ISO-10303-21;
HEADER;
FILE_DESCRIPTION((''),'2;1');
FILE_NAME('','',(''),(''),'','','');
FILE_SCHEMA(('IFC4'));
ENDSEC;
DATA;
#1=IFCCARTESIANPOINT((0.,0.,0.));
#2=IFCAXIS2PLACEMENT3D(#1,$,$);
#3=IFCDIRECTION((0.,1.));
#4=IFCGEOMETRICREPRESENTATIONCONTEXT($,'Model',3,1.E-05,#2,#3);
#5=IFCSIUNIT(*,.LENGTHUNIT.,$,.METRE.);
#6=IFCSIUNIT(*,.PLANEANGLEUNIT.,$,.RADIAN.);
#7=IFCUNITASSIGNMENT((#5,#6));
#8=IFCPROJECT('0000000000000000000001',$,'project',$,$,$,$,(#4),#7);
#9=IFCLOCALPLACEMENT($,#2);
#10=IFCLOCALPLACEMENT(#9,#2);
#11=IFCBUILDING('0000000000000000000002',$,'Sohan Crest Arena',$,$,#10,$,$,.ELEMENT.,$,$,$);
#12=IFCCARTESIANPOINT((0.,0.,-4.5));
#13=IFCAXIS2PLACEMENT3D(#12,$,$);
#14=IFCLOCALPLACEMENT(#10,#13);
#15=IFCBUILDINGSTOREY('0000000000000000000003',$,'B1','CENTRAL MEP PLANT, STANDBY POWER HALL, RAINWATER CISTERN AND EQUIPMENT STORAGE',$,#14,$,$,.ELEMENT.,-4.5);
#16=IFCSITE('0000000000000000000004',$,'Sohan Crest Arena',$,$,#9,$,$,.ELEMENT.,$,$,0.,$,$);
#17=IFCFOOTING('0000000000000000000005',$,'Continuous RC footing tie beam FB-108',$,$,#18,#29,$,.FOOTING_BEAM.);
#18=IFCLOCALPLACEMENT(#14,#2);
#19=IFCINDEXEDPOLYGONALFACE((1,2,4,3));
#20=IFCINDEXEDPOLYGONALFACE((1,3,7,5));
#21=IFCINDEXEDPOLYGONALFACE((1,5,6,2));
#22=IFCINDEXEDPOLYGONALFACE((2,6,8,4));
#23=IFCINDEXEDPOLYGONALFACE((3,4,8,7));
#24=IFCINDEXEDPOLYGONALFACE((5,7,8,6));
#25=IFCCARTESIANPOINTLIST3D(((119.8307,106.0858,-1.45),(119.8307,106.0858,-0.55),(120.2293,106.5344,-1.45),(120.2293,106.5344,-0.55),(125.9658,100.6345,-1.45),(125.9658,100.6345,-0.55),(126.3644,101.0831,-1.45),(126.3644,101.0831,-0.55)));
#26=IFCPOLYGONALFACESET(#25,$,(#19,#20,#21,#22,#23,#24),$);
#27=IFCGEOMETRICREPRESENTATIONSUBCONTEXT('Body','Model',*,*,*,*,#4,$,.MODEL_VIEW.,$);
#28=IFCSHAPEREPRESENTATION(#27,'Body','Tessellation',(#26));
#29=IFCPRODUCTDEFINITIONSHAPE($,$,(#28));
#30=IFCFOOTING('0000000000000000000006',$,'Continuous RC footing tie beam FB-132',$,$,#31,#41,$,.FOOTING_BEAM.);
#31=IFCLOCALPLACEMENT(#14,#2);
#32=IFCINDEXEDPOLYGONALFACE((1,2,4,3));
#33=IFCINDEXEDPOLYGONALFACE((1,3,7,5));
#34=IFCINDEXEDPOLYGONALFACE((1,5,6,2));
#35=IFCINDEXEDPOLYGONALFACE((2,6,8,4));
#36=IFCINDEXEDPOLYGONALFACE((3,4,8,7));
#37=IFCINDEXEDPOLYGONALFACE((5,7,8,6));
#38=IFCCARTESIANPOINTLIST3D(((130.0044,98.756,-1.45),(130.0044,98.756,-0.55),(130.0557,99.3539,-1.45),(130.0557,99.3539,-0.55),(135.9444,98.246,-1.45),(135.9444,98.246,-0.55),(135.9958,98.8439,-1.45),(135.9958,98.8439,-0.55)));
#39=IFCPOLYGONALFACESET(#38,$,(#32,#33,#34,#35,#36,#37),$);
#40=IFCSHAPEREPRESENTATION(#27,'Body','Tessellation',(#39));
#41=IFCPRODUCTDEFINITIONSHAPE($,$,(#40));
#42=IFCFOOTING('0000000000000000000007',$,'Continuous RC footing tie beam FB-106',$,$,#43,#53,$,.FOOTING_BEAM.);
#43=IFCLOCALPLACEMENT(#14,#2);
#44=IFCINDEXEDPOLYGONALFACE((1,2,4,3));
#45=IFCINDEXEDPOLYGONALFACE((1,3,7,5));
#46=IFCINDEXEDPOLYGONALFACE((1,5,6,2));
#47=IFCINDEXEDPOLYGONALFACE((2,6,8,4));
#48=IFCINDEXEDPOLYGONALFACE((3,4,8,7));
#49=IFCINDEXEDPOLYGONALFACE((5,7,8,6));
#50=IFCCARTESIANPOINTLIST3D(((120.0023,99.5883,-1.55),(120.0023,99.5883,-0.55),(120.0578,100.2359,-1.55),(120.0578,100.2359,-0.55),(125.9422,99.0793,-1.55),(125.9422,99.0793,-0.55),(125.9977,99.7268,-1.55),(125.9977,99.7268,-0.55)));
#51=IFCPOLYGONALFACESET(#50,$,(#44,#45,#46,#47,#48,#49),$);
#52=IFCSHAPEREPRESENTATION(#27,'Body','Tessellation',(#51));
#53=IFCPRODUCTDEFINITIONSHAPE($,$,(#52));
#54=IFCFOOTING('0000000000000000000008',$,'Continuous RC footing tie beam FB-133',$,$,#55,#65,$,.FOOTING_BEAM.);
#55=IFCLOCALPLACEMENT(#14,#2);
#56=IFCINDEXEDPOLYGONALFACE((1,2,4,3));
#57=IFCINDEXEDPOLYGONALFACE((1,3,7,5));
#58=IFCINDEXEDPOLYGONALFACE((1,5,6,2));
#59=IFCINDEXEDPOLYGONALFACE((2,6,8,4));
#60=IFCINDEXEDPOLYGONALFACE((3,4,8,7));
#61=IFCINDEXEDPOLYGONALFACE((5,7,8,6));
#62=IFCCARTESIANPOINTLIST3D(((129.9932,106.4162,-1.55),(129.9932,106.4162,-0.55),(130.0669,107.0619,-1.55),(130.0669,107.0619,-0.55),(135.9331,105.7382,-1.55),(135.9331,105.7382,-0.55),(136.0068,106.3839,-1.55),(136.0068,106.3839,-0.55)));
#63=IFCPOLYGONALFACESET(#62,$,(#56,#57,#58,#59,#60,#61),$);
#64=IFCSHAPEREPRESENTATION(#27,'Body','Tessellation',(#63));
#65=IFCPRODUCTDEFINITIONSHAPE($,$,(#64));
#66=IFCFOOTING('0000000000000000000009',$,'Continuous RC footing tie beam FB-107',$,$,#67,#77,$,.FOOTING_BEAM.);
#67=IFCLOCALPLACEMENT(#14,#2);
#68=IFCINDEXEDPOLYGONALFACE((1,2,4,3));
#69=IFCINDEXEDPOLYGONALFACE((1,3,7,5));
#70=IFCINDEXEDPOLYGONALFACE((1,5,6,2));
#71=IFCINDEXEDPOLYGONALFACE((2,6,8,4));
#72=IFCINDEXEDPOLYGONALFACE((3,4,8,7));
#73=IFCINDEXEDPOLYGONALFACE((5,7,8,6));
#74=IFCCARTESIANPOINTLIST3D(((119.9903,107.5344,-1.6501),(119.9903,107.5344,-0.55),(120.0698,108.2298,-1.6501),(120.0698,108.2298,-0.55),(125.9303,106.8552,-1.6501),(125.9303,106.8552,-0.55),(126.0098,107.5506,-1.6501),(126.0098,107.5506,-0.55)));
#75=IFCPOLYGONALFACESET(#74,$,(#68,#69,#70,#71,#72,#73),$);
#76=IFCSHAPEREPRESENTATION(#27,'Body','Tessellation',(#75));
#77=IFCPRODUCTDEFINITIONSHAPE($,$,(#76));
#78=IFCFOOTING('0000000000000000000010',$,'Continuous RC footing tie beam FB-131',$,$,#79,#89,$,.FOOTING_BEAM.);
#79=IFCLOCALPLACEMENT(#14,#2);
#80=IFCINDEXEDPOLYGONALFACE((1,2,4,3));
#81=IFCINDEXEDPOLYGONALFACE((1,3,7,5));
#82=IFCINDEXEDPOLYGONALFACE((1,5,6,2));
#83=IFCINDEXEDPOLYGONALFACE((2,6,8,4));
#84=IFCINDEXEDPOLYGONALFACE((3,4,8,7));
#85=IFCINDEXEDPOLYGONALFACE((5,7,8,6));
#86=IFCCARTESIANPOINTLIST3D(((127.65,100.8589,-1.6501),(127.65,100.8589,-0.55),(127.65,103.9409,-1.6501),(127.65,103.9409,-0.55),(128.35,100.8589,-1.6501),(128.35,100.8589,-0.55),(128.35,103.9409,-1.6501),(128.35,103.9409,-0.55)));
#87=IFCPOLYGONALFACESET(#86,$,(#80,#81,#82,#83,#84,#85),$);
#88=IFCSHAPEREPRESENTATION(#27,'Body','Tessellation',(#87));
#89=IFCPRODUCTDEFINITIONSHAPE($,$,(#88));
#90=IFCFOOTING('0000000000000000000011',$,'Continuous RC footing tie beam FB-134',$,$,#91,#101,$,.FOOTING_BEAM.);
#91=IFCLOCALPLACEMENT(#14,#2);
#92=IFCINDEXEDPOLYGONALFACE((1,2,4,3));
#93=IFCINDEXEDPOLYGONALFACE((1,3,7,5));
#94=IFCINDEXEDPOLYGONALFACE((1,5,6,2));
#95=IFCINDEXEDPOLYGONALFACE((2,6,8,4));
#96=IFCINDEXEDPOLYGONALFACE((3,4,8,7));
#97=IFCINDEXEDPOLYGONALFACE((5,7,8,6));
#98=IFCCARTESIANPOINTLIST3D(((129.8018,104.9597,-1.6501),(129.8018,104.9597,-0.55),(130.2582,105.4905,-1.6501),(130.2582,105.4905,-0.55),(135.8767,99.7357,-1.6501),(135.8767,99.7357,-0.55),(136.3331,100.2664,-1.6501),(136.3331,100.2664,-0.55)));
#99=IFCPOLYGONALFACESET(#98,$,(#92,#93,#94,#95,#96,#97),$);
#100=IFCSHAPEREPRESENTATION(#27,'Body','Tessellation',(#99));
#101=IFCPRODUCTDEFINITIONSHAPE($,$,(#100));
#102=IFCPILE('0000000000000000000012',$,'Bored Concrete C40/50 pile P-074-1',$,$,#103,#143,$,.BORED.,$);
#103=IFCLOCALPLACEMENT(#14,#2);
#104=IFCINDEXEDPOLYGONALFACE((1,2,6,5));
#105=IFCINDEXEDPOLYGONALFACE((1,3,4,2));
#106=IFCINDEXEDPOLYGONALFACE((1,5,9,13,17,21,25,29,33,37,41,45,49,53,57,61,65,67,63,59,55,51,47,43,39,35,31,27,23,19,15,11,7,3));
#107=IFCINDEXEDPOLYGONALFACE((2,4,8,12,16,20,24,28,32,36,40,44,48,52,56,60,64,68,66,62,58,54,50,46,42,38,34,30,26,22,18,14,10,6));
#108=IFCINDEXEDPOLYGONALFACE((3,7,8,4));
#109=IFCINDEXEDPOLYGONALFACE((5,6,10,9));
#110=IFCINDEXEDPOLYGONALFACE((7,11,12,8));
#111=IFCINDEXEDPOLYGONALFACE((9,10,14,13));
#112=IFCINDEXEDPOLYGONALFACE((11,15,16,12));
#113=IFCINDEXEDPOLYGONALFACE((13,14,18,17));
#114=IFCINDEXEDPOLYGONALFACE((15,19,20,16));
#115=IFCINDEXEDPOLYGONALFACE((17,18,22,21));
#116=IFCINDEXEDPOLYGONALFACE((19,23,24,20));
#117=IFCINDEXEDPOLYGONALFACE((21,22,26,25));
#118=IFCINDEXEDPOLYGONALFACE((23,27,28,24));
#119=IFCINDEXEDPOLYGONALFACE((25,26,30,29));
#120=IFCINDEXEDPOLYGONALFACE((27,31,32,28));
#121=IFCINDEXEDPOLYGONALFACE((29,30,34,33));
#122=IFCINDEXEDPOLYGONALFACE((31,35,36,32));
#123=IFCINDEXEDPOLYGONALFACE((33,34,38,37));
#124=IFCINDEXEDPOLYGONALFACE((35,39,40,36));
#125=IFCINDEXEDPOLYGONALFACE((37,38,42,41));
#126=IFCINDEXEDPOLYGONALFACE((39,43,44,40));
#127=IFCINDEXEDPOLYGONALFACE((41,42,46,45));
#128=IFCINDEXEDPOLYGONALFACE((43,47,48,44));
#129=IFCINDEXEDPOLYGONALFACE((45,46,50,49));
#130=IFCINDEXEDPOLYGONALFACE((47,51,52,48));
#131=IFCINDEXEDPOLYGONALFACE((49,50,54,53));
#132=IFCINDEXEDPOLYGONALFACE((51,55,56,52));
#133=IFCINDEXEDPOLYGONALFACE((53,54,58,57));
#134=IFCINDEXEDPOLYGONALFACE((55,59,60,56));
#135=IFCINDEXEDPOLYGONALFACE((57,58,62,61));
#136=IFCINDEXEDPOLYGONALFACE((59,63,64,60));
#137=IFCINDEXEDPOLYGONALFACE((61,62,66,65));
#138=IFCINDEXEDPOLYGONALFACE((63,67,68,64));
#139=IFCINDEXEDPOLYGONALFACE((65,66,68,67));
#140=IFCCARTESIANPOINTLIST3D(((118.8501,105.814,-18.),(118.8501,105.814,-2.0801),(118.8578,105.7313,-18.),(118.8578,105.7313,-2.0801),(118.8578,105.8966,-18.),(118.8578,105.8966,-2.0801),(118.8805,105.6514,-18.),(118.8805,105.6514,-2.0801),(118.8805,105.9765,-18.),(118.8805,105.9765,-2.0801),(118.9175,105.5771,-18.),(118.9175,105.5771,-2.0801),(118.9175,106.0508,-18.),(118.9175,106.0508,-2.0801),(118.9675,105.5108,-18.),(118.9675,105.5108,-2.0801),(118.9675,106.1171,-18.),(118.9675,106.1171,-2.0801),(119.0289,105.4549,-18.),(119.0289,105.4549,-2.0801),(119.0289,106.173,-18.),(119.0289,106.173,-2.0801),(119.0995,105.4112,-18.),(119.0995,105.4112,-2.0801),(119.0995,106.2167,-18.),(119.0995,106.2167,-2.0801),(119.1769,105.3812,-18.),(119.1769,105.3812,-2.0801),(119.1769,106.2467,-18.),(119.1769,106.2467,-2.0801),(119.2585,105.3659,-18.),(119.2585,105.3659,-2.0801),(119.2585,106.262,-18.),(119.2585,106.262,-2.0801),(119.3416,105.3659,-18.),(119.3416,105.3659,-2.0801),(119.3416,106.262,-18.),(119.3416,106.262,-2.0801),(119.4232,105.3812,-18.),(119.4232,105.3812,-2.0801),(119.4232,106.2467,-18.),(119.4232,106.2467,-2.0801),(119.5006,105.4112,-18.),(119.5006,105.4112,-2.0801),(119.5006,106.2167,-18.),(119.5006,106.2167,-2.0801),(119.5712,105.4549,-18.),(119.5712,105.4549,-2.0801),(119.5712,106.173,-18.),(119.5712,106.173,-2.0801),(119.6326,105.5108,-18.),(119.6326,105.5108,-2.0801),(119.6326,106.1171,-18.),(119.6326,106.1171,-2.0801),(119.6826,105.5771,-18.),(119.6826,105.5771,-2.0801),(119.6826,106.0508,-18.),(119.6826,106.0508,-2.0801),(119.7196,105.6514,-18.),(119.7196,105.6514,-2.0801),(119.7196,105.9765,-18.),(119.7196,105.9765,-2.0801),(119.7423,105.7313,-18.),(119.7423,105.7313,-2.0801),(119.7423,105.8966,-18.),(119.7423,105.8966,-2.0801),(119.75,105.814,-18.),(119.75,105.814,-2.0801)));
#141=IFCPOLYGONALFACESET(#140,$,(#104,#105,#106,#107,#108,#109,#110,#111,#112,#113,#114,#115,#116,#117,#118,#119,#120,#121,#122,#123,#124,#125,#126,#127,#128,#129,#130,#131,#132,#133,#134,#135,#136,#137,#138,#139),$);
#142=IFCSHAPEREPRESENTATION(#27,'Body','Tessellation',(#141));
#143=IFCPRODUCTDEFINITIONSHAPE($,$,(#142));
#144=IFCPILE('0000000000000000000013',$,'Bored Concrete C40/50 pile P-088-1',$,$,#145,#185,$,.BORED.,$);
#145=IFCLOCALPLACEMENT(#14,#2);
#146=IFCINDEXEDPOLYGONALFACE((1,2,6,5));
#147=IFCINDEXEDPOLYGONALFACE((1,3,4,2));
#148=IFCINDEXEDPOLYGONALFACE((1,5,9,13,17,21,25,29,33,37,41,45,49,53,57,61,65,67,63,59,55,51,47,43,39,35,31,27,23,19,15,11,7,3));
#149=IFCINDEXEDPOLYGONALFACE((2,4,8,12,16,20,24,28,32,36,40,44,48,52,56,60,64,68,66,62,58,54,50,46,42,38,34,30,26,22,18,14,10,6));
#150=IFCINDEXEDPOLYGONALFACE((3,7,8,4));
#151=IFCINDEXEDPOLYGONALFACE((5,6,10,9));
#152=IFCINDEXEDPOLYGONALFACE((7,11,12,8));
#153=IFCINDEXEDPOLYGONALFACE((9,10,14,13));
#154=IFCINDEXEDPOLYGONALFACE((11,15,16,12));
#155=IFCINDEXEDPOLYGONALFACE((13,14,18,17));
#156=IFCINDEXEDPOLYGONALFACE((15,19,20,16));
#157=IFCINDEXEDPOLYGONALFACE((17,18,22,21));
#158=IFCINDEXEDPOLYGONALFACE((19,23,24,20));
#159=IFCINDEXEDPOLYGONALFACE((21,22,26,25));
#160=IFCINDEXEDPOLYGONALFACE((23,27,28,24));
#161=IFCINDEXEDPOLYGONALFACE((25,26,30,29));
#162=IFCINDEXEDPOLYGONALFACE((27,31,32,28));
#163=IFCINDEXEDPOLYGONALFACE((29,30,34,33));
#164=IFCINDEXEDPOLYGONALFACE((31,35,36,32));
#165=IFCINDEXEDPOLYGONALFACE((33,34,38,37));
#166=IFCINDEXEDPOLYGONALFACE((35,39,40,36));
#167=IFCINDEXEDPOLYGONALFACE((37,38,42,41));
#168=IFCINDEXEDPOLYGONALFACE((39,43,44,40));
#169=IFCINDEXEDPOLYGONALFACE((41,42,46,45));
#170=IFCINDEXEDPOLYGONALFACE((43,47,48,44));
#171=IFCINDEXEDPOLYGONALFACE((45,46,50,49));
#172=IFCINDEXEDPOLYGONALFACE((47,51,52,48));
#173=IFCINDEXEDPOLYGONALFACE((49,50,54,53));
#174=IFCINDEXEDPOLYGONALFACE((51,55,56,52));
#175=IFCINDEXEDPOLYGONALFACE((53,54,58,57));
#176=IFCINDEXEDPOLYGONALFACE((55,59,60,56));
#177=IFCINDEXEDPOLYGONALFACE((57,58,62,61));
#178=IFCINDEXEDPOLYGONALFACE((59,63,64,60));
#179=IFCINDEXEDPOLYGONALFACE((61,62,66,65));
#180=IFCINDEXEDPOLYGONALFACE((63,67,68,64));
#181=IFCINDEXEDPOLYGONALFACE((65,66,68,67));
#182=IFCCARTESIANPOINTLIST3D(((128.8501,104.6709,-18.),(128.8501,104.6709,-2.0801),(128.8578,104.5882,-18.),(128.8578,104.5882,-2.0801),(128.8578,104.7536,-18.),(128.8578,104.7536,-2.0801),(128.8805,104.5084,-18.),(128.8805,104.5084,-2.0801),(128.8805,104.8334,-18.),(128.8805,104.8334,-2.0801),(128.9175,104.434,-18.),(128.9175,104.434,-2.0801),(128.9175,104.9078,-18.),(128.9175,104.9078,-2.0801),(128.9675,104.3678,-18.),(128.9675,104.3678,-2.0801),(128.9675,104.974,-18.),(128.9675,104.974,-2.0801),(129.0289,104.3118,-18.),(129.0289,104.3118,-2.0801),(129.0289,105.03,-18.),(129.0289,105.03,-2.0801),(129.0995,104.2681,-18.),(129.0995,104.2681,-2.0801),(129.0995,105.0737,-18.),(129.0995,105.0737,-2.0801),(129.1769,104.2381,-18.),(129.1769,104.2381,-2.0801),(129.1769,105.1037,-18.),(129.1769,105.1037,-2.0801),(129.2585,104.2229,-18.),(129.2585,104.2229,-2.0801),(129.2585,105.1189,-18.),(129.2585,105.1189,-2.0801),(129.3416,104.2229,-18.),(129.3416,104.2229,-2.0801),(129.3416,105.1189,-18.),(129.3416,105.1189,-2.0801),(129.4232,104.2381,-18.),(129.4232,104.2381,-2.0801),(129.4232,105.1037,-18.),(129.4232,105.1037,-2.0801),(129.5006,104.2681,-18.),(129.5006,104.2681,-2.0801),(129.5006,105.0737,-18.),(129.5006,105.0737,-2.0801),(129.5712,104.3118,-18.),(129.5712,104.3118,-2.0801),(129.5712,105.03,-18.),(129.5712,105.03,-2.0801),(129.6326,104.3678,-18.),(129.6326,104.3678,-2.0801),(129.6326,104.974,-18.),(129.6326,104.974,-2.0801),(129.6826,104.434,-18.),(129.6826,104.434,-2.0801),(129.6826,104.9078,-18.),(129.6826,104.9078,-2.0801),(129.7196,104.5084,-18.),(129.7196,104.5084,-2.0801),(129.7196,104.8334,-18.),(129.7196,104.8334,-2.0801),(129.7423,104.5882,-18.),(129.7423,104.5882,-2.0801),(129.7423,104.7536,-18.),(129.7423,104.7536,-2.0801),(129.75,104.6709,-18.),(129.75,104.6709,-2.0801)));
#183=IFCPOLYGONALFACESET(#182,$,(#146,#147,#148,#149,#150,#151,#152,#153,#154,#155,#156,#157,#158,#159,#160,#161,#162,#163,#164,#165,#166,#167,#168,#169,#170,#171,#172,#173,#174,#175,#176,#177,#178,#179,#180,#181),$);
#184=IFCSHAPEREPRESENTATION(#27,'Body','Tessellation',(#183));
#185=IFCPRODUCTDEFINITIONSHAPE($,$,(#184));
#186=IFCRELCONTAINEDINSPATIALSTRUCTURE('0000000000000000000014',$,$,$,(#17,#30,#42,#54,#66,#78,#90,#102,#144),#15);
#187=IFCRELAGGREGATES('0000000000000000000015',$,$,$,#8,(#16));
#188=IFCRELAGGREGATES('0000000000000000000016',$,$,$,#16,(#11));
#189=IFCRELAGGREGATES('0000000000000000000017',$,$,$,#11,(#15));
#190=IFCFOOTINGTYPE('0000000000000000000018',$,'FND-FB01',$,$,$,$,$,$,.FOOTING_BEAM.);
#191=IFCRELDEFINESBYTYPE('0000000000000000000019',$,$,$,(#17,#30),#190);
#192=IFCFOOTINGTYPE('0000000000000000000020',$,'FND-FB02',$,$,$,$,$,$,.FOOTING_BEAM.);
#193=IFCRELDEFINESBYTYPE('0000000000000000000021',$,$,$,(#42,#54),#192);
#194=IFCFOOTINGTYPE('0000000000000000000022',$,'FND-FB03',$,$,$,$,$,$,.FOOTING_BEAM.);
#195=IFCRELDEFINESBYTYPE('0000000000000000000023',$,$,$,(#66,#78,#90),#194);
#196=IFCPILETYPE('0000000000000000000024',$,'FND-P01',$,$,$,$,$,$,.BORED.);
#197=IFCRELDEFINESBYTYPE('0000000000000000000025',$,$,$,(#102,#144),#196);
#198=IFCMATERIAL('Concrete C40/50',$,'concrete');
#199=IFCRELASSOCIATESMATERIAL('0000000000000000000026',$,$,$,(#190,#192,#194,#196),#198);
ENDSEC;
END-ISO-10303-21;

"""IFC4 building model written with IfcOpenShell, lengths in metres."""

from ifc_helpers import new_model, si_unit, direction, frame, origin, origin_2d, place, context, subcontext, project, spatial, rectangle, circle, extrude, material, material_profile, profile_set, type_object, element, save


model = new_model("IFC4")

# Units and contexts
model_context = context("Model", 3, precision=1e-05, world=origin(), true_north=direction((0.0, 1.0)))
body_context = subcontext(model_context, "Body", "Model", "MODEL_VIEW")
ifc_project = project(units=[si_unit("LENGTHUNIT", "METRE"), si_unit("PLANEANGLEUNIT", "RADIAN")], contexts=[model_context])

# Site, building, storey
site_placement = place(None, origin())
site = spatial("IfcSite", under=ifc_project, at=site_placement, Name="Sohan Crest Arena", CompositionType="ELEMENT", RefElevation=0.0)
building_placement = place(site_placement, origin())
building = spatial("IfcBuilding", under=site, at=building_placement, Name="Sohan Crest Arena", CompositionType="ELEMENT")
storey_placement = place(building_placement, frame((0.0, 0.0, -4.5)))
storey = spatial("IfcBuildingStorey", under=building, at=storey_placement, Name="B1", Description="CENTRAL MEP PLANT, STANDBY POWER HALL, RAINWATER CISTERN AND EQUIPMENT STORAGE", CompositionType="ELEMENT", Elevation=-4.5)

# Footings
ifc_material_1 = material(Name="Concrete C40/50", Category="concrete")
ifc_material_profile_1 = material_profile(ifc_material_1, rectangle(XDim=0.6001, YDim=0.8999, at=origin_2d()), Name="RC-FB 600x900")
ifc_profile_set_1 = profile_set([ifc_material_profile_1], Name="Concrete C40/50")
footing_type_1 = type_object("IfcFootingType", Name="FND-FB01", PredefinedType="FOOTING_BEAM", material=ifc_profile_set_1)
footing_1_placement = place(storey_placement, frame((120.03, 106.3101, -1.0), z_axis=(0.747541, -0.664216, 0.0), x_axis=(0.664216, 0.747541, 0.0)))
element("IfcFooting", 1, at=footing_1_placement, inside=storey, type_object=footing_type_1, Name="Continuous RC footing tie beam FB-108", PredefinedType="FOOTING_BEAM", context=body_context, shape_type="SweptSolid", body=[
    extrude(rectangle(XDim=0.6001, YDim=0.8999, at=origin_2d()), origin(), (0.0, 0.0, 1.0), 8.207),
])
footing_2_placement = place(storey_placement, frame((130.03, 99.0549, -1.0), z_axis=(0.996334, -0.085546, 0.0), x_axis=(0.085546, 0.996334, 0.0)))
element("IfcFooting", 2, at=footing_2_placement, inside=storey, type_object=footing_type_1, Name="Continuous RC footing tie beam FB-132", PredefinedType="FOOTING_BEAM", context=body_context, shape_type="SweptSolid", body=[
    extrude(rectangle(XDim=0.6001, YDim=0.8999, at=origin_2d()), origin(), (0.0, 0.0, 1.0), 5.9619),
])
ifc_material_profile_2 = material_profile(ifc_material_1, rectangle(XDim=0.6499, YDim=1.0, at=origin_2d()), Name="RC-FB 650x1000")
ifc_profile_set_2 = profile_set([ifc_material_profile_2], Name="Concrete C40/50")
footing_type_2 = type_object("IfcFootingType", Name="FND-FB02", PredefinedType="FOOTING_BEAM", material=ifc_profile_set_2)
footing_3_placement = place(storey_placement, frame((120.03, 99.9121, -1.05), z_axis=(0.996348, -0.085384, 0.0), x_axis=(0.085384, 0.996348, 0.0)))
element("IfcFooting", 3, at=footing_3_placement, inside=storey, type_object=footing_type_2, Name="Continuous RC footing tie beam FB-106", PredefinedType="FOOTING_BEAM", context=body_context, shape_type="SweptSolid", body=[
    extrude(rectangle(XDim=0.6499, YDim=1.0, at=origin_2d()), origin(), (0.0, 0.0, 1.0), 5.9617),
])
footing_4_placement = place(storey_placement, frame((130.03, 106.739, -1.05), z_axis=(0.993549, -0.113403, 0.0), x_axis=(0.113403, 0.993549, 0.0)))
element("IfcFooting", 4, at=footing_4_placement, inside=storey, type_object=footing_type_2, Name="Continuous RC footing tie beam FB-133", PredefinedType="FOOTING_BEAM", context=body_context, shape_type="SweptSolid", body=[
    extrude(rectangle(XDim=0.6499, YDim=1.0, at=origin_2d()), origin(), (0.0, 0.0, 1.0), 5.9785),
])
ifc_material_profile_3 = material_profile(ifc_material_1, rectangle(XDim=0.7, YDim=1.1001, at=origin_2d()), Name="RC-FB 700x1100")
ifc_profile_set_3 = profile_set([ifc_material_profile_3], Name="Concrete C40/50")
footing_type_3 = type_object("IfcFootingType", Name="FND-FB03", PredefinedType="FOOTING_BEAM", material=ifc_profile_set_3)
footing_5_placement = place(storey_placement, frame((120.03, 107.8821, -1.1001), z_axis=(0.993526, -0.113604, 0.0), x_axis=(0.113604, 0.993526, 0.0)))
element("IfcFooting", 5, at=footing_5_placement, inside=storey, type_object=footing_type_3, Name="Continuous RC footing tie beam FB-107", PredefinedType="FOOTING_BEAM", context=body_context, shape_type="SweptSolid", body=[
    extrude(rectangle(XDim=0.7, YDim=1.1001, at=origin_2d()), origin(), (0.0, 0.0, 1.0), 5.9788),
])
footing_6_placement = place(storey_placement, frame((128.0, 100.8589, -1.1001), z_axis=(0.0, 1.0, 0.0), x_axis=(-1.0, 0.0, 0.0)))
element("IfcFooting", 6, at=footing_6_placement, inside=storey, type_object=footing_type_3, Name="Continuous RC footing tie beam FB-131", PredefinedType="FOOTING_BEAM", context=body_context, shape_type="SweptSolid", body=[
    extrude(rectangle(XDim=0.7, YDim=1.1001, at=origin_2d()), origin(), (0.0, 0.0, 1.0), 3.082),
])
footing_7_placement = place(storey_placement, frame((130.03, 105.2251, -1.1001), z_axis=(0.758206, -0.652015, 0.0), x_axis=(0.652015, 0.758206, 0.0)))
element("IfcFooting", 7, at=footing_7_placement, inside=storey, type_object=footing_type_3, Name="Continuous RC footing tie beam FB-134", PredefinedType="FOOTING_BEAM", context=body_context, shape_type="SweptSolid", body=[
    extrude(rectangle(XDim=0.7, YDim=1.1001, at=origin_2d()), origin(), (0.0, 0.0, 1.0), 8.0122),
])

# Piles
ifc_material_profile_4 = material_profile(ifc_material_1, circle(Radius=0.45, at=origin_2d()), Name="PILE D900")
ifc_profile_set_4 = profile_set([ifc_material_profile_4], Name="Concrete C40/50")
pile_type_1 = type_object("IfcPileType", Name="FND-P01", PredefinedType="BORED", material=ifc_profile_set_4)
for number, where, z_axis, x_axis, name in (
    (8, (119.3, 105.814, -18.0), (0.0, 0.0, 1.0), (1.0, 0.0, 0.0), "Bored Concrete C40/50 pile P-074-1"),
    (9, (129.3, 104.6709, -18.0), (0.0, 0.0, 1.0), (1.0, 0.0, 0.0), "Bored Concrete C40/50 pile P-088-1"),
):
    element("IfcPile", number, at=place(storey_placement, frame(where, z_axis=z_axis, x_axis=x_axis)), inside=storey, type_object=pile_type_1, Name=name, PredefinedType="BORED", context=body_context, shape_type="SweptSolid", body=[
        extrude(circle(Radius=0.45, at=origin_2d()), origin(), (0.0, 0.0, 1.0), 15.9199),
    ])

save(model, "model.ifc")
